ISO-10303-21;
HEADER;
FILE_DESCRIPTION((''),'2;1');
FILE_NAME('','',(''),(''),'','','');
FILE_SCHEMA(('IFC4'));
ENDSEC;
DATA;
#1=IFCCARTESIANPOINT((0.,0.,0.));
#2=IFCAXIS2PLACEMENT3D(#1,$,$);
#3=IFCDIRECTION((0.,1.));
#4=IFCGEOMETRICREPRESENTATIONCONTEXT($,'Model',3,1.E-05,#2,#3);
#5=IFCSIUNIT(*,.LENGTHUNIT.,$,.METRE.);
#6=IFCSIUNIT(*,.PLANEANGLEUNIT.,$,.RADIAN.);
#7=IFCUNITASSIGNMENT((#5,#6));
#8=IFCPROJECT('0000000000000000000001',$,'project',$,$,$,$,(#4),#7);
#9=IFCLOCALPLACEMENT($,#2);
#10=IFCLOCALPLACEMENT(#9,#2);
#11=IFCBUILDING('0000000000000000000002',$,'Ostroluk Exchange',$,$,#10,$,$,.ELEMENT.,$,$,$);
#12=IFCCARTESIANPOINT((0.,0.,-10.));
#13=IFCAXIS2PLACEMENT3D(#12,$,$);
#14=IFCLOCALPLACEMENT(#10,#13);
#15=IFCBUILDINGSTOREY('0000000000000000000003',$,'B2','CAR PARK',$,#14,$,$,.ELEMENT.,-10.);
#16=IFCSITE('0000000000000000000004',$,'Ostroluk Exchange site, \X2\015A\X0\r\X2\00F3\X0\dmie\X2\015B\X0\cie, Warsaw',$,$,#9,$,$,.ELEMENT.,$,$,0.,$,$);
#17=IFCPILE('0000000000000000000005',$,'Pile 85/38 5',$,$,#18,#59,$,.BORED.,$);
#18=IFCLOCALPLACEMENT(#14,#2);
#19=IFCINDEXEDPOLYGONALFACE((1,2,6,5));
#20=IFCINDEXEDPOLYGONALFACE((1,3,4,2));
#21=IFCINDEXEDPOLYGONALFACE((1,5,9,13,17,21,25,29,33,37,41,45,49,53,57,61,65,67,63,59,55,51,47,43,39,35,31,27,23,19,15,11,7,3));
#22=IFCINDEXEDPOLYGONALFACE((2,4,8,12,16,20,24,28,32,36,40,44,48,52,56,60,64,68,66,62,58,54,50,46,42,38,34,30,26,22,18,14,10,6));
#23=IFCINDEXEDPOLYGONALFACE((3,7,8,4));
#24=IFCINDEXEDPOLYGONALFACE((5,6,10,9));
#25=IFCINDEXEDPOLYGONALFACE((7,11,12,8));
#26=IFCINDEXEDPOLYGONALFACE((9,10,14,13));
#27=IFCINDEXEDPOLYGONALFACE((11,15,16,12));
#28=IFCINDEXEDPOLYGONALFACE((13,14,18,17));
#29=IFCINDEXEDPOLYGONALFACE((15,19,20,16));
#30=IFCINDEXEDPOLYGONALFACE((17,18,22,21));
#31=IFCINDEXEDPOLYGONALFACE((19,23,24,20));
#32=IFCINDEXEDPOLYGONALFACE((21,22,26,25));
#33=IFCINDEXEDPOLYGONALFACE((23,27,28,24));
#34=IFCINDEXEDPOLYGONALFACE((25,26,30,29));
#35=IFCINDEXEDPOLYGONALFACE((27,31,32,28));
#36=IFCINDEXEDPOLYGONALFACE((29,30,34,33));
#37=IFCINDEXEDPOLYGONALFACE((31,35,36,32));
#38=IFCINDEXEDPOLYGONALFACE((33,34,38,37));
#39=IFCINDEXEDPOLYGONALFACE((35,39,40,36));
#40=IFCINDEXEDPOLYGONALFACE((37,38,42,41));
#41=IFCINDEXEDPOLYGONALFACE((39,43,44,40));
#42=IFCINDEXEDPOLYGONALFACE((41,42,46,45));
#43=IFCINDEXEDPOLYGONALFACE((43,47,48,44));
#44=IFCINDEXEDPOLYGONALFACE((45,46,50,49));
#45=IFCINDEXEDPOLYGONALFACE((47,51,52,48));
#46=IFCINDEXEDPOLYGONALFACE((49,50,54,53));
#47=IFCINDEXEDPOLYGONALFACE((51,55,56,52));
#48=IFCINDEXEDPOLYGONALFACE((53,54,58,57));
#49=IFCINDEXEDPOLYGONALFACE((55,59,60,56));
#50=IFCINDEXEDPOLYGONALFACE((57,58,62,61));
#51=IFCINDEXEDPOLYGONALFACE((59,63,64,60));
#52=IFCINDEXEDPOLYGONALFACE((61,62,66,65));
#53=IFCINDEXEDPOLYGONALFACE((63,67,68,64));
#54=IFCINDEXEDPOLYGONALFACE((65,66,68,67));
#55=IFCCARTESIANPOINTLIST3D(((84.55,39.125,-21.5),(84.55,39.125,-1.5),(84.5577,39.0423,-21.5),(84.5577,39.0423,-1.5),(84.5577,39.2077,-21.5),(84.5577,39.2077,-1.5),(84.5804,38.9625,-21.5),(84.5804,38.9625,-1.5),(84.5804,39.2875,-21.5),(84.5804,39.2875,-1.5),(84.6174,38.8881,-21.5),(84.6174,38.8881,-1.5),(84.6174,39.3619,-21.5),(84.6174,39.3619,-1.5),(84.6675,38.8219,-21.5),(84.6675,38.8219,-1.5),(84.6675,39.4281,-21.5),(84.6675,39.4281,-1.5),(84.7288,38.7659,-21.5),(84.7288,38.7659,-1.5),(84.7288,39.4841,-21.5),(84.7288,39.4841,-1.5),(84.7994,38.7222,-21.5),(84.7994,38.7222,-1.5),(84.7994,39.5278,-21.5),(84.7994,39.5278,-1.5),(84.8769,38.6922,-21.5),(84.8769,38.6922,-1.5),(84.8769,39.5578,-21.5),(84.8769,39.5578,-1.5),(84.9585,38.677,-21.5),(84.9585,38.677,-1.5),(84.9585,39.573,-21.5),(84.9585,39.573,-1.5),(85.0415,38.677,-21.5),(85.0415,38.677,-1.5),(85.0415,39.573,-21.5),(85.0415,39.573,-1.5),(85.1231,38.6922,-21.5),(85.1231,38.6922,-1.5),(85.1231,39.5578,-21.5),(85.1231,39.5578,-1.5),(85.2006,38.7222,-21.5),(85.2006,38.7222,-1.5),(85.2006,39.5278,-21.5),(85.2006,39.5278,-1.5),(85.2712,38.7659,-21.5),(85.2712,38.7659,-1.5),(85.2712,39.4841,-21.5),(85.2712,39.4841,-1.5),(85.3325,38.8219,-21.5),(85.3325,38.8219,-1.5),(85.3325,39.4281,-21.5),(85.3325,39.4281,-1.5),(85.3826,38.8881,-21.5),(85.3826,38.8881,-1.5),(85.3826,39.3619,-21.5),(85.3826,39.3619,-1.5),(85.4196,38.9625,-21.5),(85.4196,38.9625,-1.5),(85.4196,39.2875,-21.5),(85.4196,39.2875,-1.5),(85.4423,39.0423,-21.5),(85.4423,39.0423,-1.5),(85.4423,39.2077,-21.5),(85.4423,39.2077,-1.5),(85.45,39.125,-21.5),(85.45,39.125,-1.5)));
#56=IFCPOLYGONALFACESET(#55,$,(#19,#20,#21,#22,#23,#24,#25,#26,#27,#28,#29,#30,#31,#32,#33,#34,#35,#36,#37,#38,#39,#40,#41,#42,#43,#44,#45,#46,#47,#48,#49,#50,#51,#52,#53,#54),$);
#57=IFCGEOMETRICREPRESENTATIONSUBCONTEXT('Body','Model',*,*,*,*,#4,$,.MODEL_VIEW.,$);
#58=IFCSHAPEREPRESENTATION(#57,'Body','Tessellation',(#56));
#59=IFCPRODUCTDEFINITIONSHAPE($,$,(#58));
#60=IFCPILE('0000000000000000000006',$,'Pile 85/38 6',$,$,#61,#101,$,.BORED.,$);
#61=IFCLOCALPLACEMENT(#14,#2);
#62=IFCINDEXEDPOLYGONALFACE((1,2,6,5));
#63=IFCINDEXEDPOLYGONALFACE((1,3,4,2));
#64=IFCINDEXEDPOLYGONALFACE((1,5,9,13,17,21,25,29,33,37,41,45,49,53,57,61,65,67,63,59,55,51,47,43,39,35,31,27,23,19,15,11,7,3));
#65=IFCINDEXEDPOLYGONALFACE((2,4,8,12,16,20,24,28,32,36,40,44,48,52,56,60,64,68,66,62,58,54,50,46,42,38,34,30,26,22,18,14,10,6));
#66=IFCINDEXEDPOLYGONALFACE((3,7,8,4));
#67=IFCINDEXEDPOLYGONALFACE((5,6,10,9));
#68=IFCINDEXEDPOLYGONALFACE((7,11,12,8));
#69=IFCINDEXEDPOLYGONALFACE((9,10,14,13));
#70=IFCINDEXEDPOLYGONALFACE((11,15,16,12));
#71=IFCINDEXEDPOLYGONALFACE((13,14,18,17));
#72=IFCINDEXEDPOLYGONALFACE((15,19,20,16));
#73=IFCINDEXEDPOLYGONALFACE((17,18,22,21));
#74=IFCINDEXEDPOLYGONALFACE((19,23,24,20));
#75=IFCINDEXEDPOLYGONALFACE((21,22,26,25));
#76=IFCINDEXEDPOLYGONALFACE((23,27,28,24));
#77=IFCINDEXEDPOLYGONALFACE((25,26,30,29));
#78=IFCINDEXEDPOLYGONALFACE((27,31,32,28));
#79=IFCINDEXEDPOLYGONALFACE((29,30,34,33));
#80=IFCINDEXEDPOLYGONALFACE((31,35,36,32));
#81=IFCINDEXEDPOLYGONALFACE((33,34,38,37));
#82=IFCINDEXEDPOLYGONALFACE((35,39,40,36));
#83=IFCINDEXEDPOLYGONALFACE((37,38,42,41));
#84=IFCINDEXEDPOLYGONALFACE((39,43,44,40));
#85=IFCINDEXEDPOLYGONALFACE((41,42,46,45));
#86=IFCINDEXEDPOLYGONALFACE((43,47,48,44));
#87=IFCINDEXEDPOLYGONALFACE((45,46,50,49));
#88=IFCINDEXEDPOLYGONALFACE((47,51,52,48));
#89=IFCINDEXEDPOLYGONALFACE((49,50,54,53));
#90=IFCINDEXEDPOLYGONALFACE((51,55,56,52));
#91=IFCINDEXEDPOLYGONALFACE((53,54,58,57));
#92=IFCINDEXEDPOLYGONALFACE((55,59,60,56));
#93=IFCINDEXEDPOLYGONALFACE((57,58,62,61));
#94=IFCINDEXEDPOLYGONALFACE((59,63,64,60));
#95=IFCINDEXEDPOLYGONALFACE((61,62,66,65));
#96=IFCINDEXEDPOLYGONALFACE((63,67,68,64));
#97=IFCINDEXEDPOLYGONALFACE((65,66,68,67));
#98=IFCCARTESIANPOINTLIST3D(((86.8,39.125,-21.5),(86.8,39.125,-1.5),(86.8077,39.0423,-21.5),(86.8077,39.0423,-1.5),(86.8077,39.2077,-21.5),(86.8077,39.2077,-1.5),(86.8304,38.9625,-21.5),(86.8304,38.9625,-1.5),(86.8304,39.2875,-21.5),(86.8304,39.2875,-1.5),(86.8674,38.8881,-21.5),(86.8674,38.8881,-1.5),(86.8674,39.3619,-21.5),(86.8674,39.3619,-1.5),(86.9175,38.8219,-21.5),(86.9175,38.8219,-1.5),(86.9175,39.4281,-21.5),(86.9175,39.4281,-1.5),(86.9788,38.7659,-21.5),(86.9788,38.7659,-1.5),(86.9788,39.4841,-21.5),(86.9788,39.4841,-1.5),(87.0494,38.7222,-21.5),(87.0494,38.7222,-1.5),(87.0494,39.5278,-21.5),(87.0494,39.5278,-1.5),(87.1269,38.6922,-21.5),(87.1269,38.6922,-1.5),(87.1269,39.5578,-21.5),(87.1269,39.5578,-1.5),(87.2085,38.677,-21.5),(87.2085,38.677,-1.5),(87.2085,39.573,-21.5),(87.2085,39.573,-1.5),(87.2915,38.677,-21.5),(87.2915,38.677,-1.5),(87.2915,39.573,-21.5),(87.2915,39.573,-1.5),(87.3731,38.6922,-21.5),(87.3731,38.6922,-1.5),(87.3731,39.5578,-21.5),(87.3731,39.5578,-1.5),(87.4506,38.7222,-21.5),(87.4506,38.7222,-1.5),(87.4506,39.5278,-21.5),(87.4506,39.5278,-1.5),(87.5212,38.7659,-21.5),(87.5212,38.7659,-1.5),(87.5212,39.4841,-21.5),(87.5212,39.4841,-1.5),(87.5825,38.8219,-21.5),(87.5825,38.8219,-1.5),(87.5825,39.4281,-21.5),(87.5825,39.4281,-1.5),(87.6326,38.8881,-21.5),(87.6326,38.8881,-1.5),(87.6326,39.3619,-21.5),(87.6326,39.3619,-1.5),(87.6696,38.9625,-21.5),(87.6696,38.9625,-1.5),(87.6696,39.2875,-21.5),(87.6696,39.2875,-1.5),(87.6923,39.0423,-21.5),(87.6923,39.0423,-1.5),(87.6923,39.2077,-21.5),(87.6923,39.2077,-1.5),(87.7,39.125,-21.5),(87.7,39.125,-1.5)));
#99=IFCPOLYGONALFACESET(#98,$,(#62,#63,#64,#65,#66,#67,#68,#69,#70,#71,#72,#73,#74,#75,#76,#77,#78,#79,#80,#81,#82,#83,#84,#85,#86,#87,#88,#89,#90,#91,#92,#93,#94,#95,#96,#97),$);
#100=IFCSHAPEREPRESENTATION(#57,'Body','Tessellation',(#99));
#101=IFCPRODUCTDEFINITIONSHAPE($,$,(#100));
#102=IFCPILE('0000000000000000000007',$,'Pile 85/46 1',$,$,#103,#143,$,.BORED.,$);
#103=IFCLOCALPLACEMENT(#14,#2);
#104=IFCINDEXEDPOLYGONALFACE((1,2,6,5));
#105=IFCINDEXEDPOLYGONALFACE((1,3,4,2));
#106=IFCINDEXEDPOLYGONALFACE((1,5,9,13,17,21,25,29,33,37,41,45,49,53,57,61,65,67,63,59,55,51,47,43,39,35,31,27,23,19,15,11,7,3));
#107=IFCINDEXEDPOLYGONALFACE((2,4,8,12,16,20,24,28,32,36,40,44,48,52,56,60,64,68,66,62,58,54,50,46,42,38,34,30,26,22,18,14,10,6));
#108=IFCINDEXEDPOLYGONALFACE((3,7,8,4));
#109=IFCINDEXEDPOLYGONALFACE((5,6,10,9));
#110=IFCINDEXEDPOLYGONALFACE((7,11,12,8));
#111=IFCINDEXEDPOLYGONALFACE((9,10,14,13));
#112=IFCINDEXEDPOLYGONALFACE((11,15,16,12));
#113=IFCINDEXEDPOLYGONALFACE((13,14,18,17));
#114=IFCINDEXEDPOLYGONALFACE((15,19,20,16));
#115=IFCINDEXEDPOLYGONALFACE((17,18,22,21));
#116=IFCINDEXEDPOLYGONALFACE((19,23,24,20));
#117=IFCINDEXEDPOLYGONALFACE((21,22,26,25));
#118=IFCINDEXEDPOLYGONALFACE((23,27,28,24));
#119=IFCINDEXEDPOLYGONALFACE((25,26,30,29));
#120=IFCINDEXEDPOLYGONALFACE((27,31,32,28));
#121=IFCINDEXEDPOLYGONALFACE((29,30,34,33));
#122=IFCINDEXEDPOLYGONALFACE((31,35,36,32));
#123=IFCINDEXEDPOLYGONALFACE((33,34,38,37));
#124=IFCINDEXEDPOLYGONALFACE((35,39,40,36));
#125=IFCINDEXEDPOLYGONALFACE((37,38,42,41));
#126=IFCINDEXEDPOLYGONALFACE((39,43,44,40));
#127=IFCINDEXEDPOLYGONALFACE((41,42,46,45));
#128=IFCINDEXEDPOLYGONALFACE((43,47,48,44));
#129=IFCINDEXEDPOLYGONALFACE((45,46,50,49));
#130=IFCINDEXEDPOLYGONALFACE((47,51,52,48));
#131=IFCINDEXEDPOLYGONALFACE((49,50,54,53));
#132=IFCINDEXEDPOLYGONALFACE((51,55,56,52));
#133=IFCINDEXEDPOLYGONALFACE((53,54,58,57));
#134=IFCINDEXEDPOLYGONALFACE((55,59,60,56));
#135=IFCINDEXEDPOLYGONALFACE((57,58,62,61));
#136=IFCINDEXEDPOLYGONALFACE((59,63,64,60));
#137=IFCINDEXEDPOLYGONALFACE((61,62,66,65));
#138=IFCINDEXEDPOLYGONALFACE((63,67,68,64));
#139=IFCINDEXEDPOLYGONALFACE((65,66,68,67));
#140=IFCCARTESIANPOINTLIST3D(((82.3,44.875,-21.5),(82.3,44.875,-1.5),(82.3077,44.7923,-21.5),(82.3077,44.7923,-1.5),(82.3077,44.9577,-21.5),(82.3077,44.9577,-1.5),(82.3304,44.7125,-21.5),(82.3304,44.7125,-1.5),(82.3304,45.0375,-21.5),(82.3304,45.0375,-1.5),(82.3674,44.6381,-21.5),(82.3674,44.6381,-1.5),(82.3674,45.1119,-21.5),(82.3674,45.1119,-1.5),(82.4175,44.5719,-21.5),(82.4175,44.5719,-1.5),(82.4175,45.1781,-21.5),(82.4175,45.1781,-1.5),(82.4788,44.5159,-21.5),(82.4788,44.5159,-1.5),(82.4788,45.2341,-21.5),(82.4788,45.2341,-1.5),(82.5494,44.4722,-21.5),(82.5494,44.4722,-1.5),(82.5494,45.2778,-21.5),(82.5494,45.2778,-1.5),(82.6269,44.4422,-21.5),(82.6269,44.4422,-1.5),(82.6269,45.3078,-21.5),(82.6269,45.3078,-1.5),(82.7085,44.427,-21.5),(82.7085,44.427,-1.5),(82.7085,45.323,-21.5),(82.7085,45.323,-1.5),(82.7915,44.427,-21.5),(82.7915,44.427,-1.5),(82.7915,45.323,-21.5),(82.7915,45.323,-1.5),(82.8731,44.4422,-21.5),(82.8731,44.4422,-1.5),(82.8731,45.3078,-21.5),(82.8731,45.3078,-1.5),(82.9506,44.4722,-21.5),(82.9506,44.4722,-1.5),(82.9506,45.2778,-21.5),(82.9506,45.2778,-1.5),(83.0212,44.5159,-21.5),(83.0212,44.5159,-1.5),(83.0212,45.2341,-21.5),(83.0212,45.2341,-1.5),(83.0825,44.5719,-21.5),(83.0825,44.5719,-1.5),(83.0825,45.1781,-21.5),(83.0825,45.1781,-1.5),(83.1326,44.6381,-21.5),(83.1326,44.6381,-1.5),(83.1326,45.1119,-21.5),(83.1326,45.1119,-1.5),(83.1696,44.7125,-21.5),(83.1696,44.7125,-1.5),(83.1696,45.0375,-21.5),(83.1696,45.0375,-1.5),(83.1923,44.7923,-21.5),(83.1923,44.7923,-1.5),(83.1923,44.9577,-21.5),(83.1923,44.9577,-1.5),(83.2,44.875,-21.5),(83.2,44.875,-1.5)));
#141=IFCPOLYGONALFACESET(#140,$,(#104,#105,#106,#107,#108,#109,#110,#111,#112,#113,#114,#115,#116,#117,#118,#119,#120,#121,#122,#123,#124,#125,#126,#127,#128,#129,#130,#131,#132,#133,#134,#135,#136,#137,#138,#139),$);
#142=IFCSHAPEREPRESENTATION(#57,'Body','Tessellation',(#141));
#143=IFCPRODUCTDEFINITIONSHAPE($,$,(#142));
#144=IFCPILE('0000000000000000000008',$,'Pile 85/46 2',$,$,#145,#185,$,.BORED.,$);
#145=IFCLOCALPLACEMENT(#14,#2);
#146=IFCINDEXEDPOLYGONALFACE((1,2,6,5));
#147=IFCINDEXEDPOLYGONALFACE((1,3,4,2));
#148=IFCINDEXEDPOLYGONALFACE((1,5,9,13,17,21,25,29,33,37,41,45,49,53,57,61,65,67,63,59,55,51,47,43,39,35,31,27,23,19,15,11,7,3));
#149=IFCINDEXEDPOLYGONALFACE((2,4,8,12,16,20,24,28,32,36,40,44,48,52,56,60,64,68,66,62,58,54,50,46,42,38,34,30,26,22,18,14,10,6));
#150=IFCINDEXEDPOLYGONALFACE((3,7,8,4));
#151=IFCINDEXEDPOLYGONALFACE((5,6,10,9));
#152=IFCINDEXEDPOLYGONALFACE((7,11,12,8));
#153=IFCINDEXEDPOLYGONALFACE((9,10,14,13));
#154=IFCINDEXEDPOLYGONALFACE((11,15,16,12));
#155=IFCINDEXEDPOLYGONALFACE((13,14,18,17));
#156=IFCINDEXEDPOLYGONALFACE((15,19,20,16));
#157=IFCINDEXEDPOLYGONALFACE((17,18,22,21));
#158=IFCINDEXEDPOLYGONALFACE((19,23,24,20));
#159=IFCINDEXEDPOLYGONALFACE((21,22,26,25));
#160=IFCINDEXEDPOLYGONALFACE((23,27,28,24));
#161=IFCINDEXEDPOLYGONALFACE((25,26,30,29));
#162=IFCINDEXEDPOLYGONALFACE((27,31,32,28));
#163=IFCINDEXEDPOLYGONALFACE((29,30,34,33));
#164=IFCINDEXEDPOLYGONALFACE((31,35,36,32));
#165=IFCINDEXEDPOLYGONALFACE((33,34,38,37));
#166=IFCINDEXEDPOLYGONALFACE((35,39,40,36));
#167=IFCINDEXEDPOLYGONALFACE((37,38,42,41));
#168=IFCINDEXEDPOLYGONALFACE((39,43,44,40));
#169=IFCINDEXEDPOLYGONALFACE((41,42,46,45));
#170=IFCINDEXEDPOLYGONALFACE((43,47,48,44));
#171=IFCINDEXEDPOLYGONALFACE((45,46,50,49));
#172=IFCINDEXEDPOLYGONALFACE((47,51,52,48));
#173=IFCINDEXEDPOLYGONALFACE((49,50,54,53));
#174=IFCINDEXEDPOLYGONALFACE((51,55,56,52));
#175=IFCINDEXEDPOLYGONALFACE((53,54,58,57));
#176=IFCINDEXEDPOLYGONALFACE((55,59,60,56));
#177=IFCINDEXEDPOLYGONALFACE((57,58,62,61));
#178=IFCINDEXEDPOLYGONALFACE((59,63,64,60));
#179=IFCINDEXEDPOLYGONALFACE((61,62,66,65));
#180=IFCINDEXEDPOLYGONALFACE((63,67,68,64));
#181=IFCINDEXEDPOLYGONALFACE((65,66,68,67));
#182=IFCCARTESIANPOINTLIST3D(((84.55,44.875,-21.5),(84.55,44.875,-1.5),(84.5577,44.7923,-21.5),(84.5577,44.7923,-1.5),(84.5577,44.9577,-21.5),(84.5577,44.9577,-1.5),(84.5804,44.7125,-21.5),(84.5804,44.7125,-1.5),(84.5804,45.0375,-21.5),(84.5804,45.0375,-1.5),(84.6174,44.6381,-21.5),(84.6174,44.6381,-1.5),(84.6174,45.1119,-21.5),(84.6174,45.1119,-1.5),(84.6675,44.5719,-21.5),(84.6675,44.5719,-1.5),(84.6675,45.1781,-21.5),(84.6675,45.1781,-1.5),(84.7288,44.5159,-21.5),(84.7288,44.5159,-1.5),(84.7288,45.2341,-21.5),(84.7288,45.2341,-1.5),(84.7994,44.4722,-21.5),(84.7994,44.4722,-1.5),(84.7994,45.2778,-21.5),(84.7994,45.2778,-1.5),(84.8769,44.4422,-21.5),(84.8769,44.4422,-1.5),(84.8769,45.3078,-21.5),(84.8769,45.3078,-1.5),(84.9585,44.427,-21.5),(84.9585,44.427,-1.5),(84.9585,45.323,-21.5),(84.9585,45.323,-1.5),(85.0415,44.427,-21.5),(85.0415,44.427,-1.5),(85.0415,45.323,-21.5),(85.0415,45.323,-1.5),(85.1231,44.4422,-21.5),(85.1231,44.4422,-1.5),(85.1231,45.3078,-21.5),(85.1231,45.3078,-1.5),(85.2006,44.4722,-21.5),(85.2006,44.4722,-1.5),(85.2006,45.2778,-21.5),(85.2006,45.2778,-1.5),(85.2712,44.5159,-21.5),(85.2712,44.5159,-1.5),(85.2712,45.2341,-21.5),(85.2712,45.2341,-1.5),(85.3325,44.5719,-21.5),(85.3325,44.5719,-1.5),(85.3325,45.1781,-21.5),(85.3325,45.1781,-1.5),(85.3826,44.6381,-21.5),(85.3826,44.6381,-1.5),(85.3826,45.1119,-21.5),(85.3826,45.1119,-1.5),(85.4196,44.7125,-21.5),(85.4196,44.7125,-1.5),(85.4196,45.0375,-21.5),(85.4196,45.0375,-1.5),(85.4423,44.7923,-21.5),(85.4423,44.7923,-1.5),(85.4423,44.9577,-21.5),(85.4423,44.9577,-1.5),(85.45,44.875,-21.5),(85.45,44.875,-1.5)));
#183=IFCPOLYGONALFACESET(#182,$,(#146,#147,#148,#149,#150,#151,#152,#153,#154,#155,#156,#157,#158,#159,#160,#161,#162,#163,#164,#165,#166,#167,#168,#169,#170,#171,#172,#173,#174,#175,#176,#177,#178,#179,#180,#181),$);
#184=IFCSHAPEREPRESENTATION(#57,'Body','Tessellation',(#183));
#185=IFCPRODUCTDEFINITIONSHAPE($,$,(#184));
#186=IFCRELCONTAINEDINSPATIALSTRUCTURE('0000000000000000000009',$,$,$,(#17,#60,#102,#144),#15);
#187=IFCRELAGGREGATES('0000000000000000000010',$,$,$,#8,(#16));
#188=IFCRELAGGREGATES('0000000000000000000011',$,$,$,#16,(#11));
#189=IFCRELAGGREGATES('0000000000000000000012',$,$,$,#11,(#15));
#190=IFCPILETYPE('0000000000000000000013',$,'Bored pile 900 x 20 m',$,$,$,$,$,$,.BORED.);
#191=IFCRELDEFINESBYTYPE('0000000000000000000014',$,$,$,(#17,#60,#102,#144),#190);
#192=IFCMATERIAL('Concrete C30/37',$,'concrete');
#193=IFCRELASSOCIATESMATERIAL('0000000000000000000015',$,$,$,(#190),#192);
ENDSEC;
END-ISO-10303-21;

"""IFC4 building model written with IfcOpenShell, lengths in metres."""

from ifc_helpers import new_model, si_unit, direction, frame, origin, origin_2d, place, context, subcontext, project, spatial, circle, extrude, material, type_object, element, save


model = new_model("IFC4")

# Units and contexts
model_context = context("Model", 3, precision=1e-05, world=origin(), true_north=direction((0.0, 1.0)))
body_context = subcontext(model_context, "Body", "Model", "MODEL_VIEW")
ifc_project = project(units=[si_unit("LENGTHUNIT", "METRE"), si_unit("PLANEANGLEUNIT", "RADIAN")], contexts=[model_context])

# Site, building, storey
site_placement = place(None, origin())
site = spatial("IfcSite", under=ifc_project, at=site_placement, Name="Ostroluk Exchange site, Śródmieście, Warsaw", CompositionType="ELEMENT", RefElevation=0.0)
building_placement = place(site_placement, origin())
building = spatial("IfcBuilding", under=site, at=building_placement, Name="Ostroluk Exchange", CompositionType="ELEMENT")
storey_placement = place(building_placement, frame((0.0, 0.0, -10.0)))
storey = spatial("IfcBuildingStorey", under=building, at=storey_placement, Name="B2", Description="CAR PARK", CompositionType="ELEMENT", Elevation=-10.0)

# Piles
ifc_material_1 = material(Name="Concrete C30/37", Category="concrete")
pile_type = type_object("IfcPileType", Name="Bored pile 900 x 20 m", PredefinedType="BORED", material=ifc_material_1)
for number, where, z_axis, x_axis, name in (
    (1, (85.0, 39.125, -1.5), (0.0, 0.0, -1.0), (1.0, 0.0, 0.0), "Pile 85/38 5"),
    (2, (87.25, 39.125, -1.5), (0.0, 0.0, -1.0), (1.0, 0.0, 0.0), "Pile 85/38 6"),
    (3, (82.75, 44.875, -1.5), (0.0, 0.0, -1.0), (1.0, 0.0, 0.0), "Pile 85/46 1"),
    (4, (85.0, 44.875, -1.5), (0.0, 0.0, -1.0), (1.0, 0.0, 0.0), "Pile 85/46 2"),
):
    element("IfcPile", number, at=place(storey_placement, frame(where, z_axis=z_axis, x_axis=x_axis)), inside=storey, type_object=pile_type, Name=name, PredefinedType="BORED", context=body_context, shape_type="SweptSolid", body=[
        extrude(circle(Radius=0.45, at=origin_2d()), origin(), (0.0, 0.0, 1.0), 20.0),
    ])

save(model, "model.ifc")
